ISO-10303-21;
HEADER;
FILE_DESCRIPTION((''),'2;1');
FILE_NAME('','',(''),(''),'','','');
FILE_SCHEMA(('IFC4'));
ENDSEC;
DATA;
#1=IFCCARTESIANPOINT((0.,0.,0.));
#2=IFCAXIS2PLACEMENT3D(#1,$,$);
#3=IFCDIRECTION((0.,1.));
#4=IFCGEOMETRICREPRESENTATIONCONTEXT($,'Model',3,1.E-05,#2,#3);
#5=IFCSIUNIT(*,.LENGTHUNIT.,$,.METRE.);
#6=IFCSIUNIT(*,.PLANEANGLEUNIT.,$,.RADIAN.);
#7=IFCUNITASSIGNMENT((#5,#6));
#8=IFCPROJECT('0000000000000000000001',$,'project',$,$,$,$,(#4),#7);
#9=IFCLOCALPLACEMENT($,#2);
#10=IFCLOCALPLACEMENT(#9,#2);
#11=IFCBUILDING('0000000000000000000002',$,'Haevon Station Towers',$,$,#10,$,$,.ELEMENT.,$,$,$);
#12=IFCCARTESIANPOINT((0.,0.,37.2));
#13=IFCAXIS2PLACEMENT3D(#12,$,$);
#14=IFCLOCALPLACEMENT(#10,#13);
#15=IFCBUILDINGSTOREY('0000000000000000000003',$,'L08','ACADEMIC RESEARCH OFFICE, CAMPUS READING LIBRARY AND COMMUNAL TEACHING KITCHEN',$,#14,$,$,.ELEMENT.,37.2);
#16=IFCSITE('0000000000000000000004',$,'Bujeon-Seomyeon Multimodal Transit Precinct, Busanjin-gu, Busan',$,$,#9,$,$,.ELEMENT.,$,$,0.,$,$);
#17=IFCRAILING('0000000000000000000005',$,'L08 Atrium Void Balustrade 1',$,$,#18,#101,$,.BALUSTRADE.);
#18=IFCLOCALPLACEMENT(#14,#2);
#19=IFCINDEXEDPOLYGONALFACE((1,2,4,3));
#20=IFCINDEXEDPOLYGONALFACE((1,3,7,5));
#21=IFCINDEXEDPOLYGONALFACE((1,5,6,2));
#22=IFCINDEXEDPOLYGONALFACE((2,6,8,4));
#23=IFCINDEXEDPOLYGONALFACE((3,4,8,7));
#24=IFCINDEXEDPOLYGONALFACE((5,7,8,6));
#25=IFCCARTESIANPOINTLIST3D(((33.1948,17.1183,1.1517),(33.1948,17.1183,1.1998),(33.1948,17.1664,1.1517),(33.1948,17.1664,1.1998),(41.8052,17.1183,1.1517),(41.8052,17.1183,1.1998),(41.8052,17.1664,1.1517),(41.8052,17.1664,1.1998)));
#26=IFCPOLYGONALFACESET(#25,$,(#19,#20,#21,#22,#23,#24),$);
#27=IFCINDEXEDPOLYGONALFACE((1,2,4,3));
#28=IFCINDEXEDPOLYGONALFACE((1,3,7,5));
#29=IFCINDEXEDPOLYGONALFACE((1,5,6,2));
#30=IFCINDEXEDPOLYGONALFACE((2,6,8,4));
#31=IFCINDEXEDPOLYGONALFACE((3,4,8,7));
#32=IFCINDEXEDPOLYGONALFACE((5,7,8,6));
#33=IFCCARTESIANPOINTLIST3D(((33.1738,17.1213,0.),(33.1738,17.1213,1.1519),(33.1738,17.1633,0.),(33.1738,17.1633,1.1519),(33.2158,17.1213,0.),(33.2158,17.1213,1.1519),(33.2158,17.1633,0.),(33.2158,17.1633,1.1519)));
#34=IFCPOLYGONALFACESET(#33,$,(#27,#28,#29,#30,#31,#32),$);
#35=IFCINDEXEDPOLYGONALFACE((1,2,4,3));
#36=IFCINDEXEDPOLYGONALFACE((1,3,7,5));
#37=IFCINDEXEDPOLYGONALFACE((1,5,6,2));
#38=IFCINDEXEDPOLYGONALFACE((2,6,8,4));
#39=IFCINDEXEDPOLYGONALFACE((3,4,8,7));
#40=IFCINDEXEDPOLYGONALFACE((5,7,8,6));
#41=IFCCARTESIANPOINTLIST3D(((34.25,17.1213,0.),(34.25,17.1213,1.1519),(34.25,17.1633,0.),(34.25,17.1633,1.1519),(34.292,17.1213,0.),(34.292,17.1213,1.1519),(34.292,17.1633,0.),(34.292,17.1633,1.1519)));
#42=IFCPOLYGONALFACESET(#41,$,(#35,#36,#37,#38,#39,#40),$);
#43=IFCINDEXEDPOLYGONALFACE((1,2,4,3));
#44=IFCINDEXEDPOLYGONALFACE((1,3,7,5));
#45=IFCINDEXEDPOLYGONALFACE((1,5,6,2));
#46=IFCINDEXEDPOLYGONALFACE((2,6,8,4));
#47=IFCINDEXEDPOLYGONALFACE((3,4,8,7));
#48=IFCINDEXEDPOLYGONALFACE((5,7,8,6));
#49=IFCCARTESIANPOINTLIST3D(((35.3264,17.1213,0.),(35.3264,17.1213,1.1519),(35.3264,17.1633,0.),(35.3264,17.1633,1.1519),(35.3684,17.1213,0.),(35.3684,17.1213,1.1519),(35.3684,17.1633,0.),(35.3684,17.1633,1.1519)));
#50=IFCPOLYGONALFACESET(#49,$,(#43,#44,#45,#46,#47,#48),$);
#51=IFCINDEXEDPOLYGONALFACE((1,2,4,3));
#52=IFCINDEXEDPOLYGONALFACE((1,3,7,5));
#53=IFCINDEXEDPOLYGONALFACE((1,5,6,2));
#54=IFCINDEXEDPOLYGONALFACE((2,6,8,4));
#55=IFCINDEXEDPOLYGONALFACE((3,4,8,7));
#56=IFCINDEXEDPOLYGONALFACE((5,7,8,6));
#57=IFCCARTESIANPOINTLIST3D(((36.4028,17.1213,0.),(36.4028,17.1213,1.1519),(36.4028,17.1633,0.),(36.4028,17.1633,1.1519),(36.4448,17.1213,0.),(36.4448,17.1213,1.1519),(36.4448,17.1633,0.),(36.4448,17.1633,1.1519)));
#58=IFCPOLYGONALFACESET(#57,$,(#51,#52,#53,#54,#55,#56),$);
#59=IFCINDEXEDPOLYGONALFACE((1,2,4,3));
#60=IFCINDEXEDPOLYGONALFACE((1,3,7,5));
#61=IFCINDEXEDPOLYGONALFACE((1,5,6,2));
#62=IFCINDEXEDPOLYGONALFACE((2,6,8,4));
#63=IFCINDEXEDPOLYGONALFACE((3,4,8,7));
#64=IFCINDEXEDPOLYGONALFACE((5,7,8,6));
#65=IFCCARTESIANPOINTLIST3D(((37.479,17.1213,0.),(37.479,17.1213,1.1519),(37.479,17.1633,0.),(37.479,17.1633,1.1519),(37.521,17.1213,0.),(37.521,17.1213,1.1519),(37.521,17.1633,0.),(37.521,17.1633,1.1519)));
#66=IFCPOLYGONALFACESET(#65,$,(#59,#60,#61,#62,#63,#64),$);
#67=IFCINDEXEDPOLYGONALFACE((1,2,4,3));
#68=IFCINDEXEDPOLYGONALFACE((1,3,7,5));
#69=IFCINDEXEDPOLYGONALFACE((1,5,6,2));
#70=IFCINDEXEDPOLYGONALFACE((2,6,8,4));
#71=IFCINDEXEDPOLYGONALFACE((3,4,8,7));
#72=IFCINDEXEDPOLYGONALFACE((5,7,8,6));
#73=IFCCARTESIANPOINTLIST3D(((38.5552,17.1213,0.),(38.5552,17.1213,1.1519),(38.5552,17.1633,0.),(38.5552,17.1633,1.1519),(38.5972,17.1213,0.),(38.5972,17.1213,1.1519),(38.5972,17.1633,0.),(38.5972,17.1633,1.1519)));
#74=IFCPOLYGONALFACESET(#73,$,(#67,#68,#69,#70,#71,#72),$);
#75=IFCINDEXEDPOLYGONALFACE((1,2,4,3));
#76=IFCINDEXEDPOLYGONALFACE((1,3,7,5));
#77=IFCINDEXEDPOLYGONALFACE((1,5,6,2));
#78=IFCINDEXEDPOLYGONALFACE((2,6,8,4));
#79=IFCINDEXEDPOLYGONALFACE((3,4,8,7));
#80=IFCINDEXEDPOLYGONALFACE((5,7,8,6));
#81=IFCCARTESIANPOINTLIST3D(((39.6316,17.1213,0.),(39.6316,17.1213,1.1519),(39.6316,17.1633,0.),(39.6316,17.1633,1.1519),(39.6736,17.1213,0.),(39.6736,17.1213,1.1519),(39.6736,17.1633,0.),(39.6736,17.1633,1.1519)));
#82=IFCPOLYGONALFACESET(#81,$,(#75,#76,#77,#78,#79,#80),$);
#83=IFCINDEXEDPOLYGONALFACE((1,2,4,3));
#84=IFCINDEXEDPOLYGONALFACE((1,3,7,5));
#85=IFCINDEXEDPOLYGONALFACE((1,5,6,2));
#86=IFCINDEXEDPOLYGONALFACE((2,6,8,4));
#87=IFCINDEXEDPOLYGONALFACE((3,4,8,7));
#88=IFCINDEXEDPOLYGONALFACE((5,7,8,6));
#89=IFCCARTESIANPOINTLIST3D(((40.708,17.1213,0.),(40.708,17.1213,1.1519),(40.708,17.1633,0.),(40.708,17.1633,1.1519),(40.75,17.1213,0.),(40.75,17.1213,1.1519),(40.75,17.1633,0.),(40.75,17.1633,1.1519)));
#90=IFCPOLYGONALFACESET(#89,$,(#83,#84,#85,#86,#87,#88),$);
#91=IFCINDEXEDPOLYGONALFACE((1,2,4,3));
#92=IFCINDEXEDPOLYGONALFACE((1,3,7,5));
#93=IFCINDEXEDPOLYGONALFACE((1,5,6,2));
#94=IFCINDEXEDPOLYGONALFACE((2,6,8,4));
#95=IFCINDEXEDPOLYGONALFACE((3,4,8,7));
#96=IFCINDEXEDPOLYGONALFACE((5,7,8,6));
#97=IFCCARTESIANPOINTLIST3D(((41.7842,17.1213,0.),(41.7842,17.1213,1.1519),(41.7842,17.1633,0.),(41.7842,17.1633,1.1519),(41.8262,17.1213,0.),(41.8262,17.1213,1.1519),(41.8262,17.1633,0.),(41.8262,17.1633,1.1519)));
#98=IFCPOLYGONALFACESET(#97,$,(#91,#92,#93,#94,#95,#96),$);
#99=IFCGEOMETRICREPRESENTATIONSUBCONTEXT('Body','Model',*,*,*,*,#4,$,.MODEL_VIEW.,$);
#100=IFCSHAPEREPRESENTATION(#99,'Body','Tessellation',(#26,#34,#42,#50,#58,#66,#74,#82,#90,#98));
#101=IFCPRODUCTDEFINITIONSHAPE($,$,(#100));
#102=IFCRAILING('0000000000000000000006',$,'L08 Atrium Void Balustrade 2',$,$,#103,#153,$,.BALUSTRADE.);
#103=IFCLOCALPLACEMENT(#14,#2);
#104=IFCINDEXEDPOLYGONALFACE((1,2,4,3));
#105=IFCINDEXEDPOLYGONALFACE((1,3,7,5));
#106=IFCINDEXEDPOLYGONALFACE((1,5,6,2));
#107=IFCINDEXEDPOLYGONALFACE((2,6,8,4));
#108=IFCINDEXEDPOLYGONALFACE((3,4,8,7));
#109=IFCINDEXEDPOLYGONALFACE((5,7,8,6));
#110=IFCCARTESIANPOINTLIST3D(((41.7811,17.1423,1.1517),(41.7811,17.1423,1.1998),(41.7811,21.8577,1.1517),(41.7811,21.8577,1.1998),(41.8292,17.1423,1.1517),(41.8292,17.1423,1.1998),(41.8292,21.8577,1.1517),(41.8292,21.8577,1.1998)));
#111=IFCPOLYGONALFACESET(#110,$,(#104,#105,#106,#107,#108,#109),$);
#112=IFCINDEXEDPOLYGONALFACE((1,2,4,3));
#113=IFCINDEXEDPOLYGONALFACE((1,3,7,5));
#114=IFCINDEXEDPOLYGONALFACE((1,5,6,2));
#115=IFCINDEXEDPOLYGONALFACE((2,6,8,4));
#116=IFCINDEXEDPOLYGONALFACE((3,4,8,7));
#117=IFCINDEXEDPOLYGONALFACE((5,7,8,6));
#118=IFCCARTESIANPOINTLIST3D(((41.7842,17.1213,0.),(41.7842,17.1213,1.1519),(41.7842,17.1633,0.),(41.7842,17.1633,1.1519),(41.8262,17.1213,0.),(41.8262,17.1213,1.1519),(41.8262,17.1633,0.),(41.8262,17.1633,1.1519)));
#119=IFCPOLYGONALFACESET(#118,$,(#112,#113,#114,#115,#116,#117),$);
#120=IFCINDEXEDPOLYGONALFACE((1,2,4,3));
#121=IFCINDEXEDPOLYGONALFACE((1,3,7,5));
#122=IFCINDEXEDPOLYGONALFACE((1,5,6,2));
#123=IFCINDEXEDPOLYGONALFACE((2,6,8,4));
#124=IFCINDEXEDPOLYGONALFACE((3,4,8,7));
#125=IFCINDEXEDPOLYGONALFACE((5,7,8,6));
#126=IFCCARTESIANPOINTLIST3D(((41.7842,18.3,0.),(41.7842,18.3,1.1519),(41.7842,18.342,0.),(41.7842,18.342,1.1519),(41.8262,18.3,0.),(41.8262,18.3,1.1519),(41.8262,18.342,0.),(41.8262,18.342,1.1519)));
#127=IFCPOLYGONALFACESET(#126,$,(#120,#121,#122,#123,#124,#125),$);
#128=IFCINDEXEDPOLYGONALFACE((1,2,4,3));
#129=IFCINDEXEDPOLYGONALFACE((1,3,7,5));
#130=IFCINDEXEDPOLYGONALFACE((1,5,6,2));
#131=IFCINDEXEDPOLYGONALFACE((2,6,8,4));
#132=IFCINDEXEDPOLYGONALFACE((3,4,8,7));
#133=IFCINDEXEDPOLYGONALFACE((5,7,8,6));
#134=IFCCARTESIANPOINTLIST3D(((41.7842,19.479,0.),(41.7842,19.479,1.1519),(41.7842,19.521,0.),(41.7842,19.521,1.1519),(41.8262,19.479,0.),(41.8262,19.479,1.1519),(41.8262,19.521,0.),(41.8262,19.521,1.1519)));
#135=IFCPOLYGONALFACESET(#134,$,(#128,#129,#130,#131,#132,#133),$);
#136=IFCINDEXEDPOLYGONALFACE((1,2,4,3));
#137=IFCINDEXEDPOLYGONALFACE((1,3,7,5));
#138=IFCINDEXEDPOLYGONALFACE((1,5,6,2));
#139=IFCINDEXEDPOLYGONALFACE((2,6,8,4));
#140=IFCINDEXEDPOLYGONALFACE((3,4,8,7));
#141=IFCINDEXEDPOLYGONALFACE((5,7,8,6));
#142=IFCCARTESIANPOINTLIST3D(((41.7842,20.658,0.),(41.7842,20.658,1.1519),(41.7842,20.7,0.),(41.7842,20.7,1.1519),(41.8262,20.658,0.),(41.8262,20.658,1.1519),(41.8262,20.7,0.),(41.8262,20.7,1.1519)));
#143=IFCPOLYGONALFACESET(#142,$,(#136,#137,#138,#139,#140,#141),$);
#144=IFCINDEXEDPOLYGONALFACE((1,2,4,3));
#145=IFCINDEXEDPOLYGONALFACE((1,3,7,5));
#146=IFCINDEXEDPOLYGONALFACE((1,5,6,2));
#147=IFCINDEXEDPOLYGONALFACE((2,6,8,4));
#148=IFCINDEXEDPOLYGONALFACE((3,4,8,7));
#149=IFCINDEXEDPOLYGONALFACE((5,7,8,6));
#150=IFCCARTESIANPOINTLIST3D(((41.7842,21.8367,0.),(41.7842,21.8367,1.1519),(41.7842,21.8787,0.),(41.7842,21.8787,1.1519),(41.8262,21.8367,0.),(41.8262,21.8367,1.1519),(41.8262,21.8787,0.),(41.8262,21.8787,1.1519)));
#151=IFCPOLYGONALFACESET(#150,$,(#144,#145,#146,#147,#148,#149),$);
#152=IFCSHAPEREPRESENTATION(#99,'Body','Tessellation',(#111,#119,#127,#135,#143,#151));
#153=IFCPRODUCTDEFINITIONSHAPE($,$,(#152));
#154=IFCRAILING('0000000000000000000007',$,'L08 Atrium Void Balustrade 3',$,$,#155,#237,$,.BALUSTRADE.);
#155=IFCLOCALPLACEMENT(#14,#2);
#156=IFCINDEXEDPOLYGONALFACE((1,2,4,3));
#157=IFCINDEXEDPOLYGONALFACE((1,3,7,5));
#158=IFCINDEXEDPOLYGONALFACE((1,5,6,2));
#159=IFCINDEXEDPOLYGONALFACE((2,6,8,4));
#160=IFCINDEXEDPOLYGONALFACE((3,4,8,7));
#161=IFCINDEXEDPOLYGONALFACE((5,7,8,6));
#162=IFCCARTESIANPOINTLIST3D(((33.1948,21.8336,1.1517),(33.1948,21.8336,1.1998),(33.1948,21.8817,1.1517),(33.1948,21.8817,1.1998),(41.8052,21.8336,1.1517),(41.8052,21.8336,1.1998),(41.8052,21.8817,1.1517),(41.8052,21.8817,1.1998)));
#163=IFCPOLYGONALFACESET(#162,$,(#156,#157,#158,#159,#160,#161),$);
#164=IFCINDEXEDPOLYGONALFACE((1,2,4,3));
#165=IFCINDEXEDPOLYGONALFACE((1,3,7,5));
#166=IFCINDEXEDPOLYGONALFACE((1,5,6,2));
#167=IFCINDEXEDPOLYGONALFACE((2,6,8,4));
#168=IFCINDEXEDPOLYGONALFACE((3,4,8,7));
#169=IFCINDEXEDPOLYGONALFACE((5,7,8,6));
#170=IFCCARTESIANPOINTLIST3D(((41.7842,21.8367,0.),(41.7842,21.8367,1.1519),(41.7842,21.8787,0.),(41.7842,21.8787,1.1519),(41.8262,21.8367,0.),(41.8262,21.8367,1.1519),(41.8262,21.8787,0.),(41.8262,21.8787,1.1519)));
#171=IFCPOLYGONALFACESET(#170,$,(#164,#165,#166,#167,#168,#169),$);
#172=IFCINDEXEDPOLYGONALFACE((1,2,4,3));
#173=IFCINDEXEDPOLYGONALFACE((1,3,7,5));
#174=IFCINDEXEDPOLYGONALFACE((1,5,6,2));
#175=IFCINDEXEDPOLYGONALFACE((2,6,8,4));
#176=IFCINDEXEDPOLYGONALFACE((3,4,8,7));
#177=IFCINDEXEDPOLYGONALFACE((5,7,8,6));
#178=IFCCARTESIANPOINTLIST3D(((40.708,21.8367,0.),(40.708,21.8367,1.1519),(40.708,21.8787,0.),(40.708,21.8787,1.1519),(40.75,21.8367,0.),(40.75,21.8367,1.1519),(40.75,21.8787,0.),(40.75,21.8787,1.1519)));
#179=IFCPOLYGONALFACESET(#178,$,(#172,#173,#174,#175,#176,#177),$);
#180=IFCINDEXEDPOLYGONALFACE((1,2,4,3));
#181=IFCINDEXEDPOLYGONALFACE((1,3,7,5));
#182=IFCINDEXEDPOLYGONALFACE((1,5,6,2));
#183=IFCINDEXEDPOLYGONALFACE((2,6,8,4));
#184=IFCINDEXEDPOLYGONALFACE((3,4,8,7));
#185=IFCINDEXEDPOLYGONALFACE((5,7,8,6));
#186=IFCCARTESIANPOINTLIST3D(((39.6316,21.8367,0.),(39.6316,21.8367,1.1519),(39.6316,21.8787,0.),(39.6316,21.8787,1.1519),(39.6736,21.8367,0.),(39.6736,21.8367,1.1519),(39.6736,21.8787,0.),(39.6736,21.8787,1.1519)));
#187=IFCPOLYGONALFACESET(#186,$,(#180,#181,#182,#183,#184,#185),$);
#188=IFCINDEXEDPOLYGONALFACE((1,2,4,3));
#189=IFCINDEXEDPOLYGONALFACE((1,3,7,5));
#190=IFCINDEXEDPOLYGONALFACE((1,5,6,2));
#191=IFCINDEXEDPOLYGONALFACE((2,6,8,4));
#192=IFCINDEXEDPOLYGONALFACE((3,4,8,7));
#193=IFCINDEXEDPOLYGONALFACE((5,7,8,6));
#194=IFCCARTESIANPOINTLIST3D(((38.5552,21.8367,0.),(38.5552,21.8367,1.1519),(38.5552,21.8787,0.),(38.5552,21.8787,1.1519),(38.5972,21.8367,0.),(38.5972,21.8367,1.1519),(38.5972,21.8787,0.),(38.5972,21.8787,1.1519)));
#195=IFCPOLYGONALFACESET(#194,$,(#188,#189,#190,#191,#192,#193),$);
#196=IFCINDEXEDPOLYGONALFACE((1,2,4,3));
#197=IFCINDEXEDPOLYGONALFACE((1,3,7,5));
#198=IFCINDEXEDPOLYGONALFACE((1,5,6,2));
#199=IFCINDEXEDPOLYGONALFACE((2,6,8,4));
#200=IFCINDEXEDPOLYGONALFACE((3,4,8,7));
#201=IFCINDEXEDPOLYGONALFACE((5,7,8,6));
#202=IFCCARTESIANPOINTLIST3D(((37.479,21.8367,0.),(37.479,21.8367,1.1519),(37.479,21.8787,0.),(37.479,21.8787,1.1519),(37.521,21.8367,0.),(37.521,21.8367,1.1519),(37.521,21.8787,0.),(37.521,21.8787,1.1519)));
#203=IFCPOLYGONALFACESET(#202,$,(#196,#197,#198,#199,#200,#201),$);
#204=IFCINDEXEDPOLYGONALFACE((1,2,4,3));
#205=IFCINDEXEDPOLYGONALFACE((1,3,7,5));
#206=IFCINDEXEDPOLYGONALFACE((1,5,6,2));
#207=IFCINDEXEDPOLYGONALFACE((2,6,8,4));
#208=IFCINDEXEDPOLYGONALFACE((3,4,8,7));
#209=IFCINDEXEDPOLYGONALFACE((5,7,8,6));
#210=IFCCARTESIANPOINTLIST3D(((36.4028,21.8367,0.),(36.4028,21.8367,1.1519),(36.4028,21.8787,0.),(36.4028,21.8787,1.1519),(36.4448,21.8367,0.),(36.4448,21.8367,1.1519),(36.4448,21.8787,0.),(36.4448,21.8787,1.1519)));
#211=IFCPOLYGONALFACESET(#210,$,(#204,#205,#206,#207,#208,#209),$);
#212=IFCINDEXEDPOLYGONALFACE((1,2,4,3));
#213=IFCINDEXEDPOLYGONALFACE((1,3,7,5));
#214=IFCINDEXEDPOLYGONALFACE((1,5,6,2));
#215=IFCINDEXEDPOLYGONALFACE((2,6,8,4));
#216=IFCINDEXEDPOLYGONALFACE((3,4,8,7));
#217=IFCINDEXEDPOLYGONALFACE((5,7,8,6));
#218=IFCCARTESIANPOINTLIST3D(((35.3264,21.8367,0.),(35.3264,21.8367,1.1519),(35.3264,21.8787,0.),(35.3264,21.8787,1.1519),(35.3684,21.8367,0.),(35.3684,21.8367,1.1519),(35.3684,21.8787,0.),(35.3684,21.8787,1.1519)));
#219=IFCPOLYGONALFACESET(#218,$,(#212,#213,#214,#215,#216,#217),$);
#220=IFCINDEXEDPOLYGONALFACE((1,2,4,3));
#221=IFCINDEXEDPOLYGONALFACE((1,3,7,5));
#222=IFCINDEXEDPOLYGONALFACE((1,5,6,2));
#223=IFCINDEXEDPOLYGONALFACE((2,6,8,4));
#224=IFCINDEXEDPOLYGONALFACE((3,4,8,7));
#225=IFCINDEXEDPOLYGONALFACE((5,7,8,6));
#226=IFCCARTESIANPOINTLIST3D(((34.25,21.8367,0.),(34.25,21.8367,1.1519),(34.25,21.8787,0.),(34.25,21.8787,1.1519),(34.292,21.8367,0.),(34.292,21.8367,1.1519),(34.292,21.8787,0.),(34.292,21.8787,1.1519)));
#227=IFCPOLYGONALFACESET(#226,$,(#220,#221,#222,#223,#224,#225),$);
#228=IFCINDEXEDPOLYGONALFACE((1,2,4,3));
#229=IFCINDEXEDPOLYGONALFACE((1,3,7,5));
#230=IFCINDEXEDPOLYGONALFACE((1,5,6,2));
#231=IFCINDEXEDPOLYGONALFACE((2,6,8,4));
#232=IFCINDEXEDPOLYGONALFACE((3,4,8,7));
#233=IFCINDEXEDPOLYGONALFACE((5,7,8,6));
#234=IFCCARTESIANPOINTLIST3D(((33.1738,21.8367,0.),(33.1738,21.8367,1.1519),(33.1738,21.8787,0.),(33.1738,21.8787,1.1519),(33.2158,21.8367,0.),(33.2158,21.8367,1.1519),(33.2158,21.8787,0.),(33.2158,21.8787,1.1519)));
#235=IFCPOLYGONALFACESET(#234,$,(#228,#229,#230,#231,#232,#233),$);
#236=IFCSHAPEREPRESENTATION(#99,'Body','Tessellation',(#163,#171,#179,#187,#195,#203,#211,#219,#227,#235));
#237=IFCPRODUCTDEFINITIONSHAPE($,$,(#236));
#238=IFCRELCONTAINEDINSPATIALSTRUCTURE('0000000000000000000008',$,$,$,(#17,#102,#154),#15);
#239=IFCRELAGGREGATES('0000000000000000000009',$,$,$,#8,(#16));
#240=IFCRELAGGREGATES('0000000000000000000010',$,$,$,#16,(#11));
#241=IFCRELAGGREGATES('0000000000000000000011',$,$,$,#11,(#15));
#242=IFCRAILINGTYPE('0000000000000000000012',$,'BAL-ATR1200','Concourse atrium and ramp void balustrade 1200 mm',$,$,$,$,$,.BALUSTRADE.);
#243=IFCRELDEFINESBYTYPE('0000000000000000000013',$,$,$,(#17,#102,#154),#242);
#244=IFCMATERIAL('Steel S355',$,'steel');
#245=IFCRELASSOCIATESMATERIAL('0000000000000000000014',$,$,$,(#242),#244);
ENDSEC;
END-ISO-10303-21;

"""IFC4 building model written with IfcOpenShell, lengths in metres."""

from ifc_helpers import new_model, si_unit, direction, frame, origin, origin_2d, place, context, subcontext, project, spatial, rectangle, extrude, material, type_object, element, save


model = new_model("IFC4")

# Units and contexts
model_context = context("Model", 3, precision=1e-05, world=origin(), true_north=direction((0.0, 1.0)))
body_context = subcontext(model_context, "Body", "Model", "MODEL_VIEW")
ifc_project = project(units=[si_unit("LENGTHUNIT", "METRE"), si_unit("PLANEANGLEUNIT", "RADIAN")], contexts=[model_context])

# Site, building, storey
site_placement = place(None, origin())
site = spatial("IfcSite", under=ifc_project, at=site_placement, Name="Bujeon-Seomyeon Multimodal Transit Precinct, Busanjin-gu, Busan", CompositionType="ELEMENT", RefElevation=0.0)
building_placement = place(site_placement, origin())
building = spatial("IfcBuilding", under=site, at=building_placement, Name="Haevon Station Towers", CompositionType="ELEMENT")
storey_placement = place(building_placement, frame((0.0, 0.0, 37.2)))
storey = spatial("IfcBuildingStorey", under=building, at=storey_placement, Name="L08", Description="ACADEMIC RESEARCH OFFICE, CAMPUS READING LIBRARY AND COMMUNAL TEACHING KITCHEN", CompositionType="ELEMENT", Elevation=37.2)

# Shared definitions
ifc_material_1 = material(Name="Steel S355", Category="steel")

# Railings
railing_type = type_object("IfcRailingType", Name="BAL-ATR1200", Description="Concourse atrium and ramp void balustrade 1200 mm", PredefinedType="BALUSTRADE", material=ifc_material_1)
railing_1_placement = place(storey_placement, frame((33.1948, 17.1423, 0.0)))
element("IfcRailing", 1, at=railing_1_placement, inside=storey, type_object=railing_type, Name="L08 Atrium Void Balustrade 1", PredefinedType="BALUSTRADE", context=body_context, shape_type="SweptSolid", body=[
    extrude(rectangle(XDim=0.0481, YDim=0.0481, at=origin_2d()), frame((0.0, 0.0, 1.1758), z_axis=(1.0, 0.0, 0.0), x_axis=(0.0, 1.0, 0.0)), (0.0, 0.0, 1.0), 8.6104),
    extrude(rectangle(XDim=0.042, YDim=0.042, at=origin_2d()), origin(), (0.0, 0.0, 1.0), 1.1519),
    extrude(rectangle(XDim=0.042, YDim=0.042, at=origin_2d()), frame((1.0762, 0.0, 0.0)), (0.0, 0.0, 1.0), 1.1519),
    extrude(rectangle(XDim=0.042, YDim=0.042, at=origin_2d()), frame((2.1526, 0.0, 0.0)), (0.0, 0.0, 1.0), 1.1519),
    extrude(rectangle(XDim=0.042, YDim=0.042, at=origin_2d()), frame((3.229, 0.0, 0.0)), (0.0, 0.0, 1.0), 1.1519),
    extrude(rectangle(XDim=0.042, YDim=0.042, at=origin_2d()), frame((4.3052, 0.0, 0.0)), (0.0, 0.0, 1.0), 1.1519),
    extrude(rectangle(XDim=0.042, YDim=0.042, at=origin_2d()), frame((5.3813, 0.0, 0.0)), (0.0, 0.0, 1.0), 1.1519),
    extrude(rectangle(XDim=0.042, YDim=0.042, at=origin_2d()), frame((6.4578, 0.0, 0.0)), (0.0, 0.0, 1.0), 1.1519),
    extrude(rectangle(XDim=0.042, YDim=0.042, at=origin_2d()), frame((7.5342, 0.0, 0.0)), (0.0, 0.0, 1.0), 1.1519),
    extrude(rectangle(XDim=0.042, YDim=0.042, at=origin_2d()), frame((8.6104, 0.0, 0.0)), (0.0, 0.0, 1.0), 1.1519),
])
railing_2_placement = place(storey_placement, frame((41.8052, 17.1423, 0.0)))
element("IfcRailing", 2, at=railing_2_placement, inside=storey, type_object=railing_type, Name="L08 Atrium Void Balustrade 2", PredefinedType="BALUSTRADE", context=body_context, shape_type="SweptSolid", body=[
    extrude(rectangle(XDim=0.0481, YDim=0.0481, at=origin_2d()), frame((0.0, 0.0, 1.1758), z_axis=(0.0, 1.0, 0.0), x_axis=(-1.0, 0.0, 0.0)), (0.0, 0.0, 1.0), 4.7153),
    extrude(rectangle(XDim=0.042, YDim=0.042, at=origin_2d()), origin(), (0.0, 0.0, 1.0), 1.1519),
    extrude(rectangle(XDim=0.042, YDim=0.042, at=origin_2d()), frame((0.0, 1.1787, 0.0)), (0.0, 0.0, 1.0), 1.1519),
    extrude(rectangle(XDim=0.042, YDim=0.042, at=origin_2d()), frame((0.0, 2.3577, 0.0)), (0.0, 0.0, 1.0), 1.1519),
    extrude(rectangle(XDim=0.042, YDim=0.042, at=origin_2d()), frame((0.0, 3.5366, 0.0)), (0.0, 0.0, 1.0), 1.1519),
    extrude(rectangle(XDim=0.042, YDim=0.042, at=origin_2d()), frame((0.0, 4.7153, 0.0)), (0.0, 0.0, 1.0), 1.1519),
])
railing_3_placement = place(storey_placement, frame((41.8052, 21.8577, 0.0)))
element("IfcRailing", 3, at=railing_3_placement, inside=storey, type_object=railing_type, Name="L08 Atrium Void Balustrade 3", PredefinedType="BALUSTRADE", context=body_context, shape_type="SweptSolid", body=[
    extrude(rectangle(XDim=0.0481, YDim=0.0481, at=origin_2d()), frame((0.0, 0.0, 1.1758), z_axis=(-1.0, 0.0, 0.0), x_axis=(0.0, -1.0, 0.0)), (0.0, 0.0, 1.0), 8.6104),
    extrude(rectangle(XDim=0.042, YDim=0.042, at=origin_2d()), origin(), (0.0, 0.0, 1.0), 1.1519),
    extrude(rectangle(XDim=0.042, YDim=0.042, at=origin_2d()), frame((-1.0762, 0.0, 0.0)), (0.0, 0.0, 1.0), 1.1519),
    extrude(rectangle(XDim=0.042, YDim=0.042, at=origin_2d()), frame((-2.1526, 0.0, 0.0)), (0.0, 0.0, 1.0), 1.1519),
    extrude(rectangle(XDim=0.042, YDim=0.042, at=origin_2d()), frame((-3.229, 0.0, 0.0)), (0.0, 0.0, 1.0), 1.1519),
    extrude(rectangle(XDim=0.042, YDim=0.042, at=origin_2d()), frame((-4.3052, 0.0, 0.0)), (0.0, 0.0, 1.0), 1.1519),
    extrude(rectangle(XDim=0.042, YDim=0.042, at=origin_2d()), frame((-5.3813, 0.0, 0.0)), (0.0, 0.0, 1.0), 1.1519),
    extrude(rectangle(XDim=0.042, YDim=0.042, at=origin_2d()), frame((-6.4578, 0.0, 0.0)), (0.0, 0.0, 1.0), 1.1519),
    extrude(rectangle(XDim=0.042, YDim=0.042, at=origin_2d()), frame((-7.5342, 0.0, 0.0)), (0.0, 0.0, 1.0), 1.1519),
    extrude(rectangle(XDim=0.042, YDim=0.042, at=origin_2d()), frame((-8.6104, 0.0, 0.0)), (0.0, 0.0, 1.0), 1.1519),
])

save(model, "model.ifc")
